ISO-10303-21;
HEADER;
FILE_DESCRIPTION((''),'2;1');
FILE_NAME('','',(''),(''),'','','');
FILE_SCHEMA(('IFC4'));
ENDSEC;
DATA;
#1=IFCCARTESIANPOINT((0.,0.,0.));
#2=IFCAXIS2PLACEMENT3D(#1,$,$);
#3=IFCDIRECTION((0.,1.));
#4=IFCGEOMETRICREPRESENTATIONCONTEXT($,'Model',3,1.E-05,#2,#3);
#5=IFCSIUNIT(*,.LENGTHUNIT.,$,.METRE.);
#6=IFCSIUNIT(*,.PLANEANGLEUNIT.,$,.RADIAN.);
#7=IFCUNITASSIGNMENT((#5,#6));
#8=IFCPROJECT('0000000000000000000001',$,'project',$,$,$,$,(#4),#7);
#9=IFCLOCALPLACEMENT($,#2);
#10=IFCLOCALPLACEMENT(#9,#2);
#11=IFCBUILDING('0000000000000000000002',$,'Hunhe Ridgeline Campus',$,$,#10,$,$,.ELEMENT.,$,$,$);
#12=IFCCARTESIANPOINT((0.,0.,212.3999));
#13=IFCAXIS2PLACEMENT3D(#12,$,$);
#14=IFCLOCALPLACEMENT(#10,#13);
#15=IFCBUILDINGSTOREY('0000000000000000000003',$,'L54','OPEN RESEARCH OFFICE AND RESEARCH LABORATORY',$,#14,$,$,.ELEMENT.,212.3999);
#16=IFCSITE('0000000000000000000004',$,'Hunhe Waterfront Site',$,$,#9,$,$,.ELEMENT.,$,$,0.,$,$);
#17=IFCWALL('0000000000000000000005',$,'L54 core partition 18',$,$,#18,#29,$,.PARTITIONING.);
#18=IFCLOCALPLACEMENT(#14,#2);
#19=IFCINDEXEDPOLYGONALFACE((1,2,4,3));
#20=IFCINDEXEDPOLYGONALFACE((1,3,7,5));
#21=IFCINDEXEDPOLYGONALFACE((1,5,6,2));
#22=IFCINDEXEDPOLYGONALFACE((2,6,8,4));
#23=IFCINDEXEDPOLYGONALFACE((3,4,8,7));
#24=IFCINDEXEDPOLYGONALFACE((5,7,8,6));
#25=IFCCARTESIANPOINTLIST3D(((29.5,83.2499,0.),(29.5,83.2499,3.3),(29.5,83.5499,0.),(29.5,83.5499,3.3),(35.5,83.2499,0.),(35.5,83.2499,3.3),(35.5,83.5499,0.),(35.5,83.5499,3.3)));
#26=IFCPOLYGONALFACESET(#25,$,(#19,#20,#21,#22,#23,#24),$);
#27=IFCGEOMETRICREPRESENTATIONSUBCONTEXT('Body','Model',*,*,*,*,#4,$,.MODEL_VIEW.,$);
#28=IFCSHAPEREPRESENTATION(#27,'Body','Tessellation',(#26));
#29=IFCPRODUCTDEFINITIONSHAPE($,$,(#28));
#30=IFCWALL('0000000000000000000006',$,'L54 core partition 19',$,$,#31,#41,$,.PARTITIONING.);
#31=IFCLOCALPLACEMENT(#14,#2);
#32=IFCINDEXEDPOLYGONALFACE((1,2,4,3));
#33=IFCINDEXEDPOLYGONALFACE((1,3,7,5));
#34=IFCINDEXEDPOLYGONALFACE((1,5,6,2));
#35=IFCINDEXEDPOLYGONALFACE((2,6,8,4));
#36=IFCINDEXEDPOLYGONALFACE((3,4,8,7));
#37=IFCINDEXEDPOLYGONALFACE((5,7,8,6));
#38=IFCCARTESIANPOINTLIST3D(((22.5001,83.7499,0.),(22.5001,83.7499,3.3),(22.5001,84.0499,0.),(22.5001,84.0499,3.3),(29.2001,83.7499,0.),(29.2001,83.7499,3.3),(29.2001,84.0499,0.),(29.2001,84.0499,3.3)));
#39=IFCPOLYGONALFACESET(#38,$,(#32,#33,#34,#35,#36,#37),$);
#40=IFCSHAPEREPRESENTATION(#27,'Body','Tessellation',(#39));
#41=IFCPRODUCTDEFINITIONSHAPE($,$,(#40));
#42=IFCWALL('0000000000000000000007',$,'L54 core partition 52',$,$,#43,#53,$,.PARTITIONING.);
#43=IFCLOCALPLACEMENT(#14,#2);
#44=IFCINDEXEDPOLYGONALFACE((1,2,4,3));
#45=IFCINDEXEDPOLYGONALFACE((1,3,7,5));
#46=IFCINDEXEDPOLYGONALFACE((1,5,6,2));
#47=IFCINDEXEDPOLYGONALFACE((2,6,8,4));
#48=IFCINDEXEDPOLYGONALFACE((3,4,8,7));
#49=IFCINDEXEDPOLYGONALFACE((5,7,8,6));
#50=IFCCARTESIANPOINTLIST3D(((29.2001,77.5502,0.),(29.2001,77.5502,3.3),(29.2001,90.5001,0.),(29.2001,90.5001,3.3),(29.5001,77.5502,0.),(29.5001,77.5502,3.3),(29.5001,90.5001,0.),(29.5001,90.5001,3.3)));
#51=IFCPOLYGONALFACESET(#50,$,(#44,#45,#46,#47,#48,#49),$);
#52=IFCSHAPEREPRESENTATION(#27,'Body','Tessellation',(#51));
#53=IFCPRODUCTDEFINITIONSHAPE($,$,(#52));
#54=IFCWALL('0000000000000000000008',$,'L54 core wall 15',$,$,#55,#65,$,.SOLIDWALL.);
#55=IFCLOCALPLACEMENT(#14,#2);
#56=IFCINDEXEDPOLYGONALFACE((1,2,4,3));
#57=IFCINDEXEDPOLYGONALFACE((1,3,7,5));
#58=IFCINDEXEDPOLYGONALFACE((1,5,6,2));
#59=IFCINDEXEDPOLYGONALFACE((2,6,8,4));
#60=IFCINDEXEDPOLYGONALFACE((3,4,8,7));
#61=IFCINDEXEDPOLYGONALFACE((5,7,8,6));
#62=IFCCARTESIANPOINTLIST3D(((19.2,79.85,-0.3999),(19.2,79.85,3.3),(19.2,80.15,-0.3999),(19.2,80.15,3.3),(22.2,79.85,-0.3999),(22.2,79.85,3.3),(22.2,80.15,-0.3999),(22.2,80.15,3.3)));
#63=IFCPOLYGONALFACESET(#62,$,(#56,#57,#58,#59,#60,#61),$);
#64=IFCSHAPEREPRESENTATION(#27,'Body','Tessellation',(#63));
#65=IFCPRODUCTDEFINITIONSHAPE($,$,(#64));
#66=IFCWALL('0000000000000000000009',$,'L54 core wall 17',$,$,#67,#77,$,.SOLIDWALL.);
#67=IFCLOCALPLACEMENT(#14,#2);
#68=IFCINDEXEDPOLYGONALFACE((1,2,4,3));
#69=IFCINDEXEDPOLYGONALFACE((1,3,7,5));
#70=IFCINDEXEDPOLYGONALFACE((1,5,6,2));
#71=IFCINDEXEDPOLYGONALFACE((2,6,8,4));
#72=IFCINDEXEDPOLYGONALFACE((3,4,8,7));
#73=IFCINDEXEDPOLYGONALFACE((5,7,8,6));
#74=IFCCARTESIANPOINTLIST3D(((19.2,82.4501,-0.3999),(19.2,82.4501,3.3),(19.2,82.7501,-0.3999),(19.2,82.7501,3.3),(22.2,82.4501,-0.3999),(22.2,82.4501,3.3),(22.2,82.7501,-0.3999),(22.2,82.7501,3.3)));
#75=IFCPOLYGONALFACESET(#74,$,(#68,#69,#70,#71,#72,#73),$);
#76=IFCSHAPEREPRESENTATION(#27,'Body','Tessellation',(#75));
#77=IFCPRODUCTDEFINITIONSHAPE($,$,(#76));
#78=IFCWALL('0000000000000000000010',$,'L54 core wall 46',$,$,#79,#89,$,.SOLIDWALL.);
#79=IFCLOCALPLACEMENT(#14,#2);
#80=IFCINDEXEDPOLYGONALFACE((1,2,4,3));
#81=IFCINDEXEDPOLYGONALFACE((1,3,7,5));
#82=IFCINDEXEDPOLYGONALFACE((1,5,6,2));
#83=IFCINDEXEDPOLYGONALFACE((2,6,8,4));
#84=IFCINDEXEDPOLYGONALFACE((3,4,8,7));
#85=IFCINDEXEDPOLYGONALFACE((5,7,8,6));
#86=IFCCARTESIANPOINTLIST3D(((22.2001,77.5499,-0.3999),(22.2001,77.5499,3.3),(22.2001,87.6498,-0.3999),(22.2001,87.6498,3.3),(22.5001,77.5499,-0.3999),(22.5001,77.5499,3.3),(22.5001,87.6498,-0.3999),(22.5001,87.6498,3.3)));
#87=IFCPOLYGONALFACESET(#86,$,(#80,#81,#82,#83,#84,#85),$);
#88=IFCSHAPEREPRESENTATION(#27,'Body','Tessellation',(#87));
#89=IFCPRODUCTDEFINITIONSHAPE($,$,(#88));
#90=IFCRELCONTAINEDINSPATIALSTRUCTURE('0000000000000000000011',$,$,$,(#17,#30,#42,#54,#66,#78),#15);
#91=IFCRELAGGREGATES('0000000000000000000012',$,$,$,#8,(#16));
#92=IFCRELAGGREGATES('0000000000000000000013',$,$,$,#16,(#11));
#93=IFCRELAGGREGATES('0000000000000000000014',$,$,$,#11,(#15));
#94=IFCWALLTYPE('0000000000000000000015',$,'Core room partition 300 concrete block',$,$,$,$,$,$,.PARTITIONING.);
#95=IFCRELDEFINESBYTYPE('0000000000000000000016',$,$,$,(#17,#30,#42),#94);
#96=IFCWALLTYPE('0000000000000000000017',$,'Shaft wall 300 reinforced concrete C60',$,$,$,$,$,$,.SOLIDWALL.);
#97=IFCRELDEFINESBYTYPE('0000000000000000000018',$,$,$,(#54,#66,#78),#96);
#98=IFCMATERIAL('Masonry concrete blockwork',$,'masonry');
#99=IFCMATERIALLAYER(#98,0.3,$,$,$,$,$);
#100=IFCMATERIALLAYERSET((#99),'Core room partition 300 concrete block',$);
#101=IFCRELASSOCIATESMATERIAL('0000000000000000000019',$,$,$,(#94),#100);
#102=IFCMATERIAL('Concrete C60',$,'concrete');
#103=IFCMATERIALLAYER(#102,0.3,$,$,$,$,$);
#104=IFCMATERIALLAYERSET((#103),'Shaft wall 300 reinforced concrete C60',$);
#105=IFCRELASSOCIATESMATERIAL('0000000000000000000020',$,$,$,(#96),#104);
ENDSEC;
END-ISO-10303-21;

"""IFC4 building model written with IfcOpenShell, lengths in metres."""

from ifc_helpers import new_model, si_unit, direction, frame, frame_2d, origin, place, context, subcontext, project, spatial, rectangle, extrude, material, layer, layer_set, type_object, element, save


model = new_model("IFC4")

# Units and contexts
model_context = context("Model", 3, precision=1e-05, world=origin(), true_north=direction((0.0, 1.0)))
body_context = subcontext(model_context, "Body", "Model", "MODEL_VIEW")
ifc_project = project(units=[si_unit("LENGTHUNIT", "METRE"), si_unit("PLANEANGLEUNIT", "RADIAN")], contexts=[model_context])

# Site, building, storey
site_placement = place(None, origin())
site = spatial("IfcSite", under=ifc_project, at=site_placement, Name="Hunhe Waterfront Site", CompositionType="ELEMENT", RefElevation=0.0)
building_placement = place(site_placement, origin())
building = spatial("IfcBuilding", under=site, at=building_placement, Name="Hunhe Ridgeline Campus", CompositionType="ELEMENT")
storey_placement = place(building_placement, frame((0.0, 0.0, 212.3999)))
storey = spatial("IfcBuildingStorey", under=building, at=storey_placement, Name="L54", Description="OPEN RESEARCH OFFICE AND RESEARCH LABORATORY", CompositionType="ELEMENT", Elevation=212.3999)

# Shared definitions
ifc_material_1 = material(Name="Masonry concrete blockwork", Category="masonry")
ifc_layer_1 = layer(ifc_material_1, 0.3)
ifc_layer_set_1 = layer_set([ifc_layer_1], Name="Core room partition 300 concrete block")
wall_type_1 = type_object("IfcWallType", Name="Core room partition 300 concrete block", PredefinedType="PARTITIONING", material=ifc_layer_set_1)

# Walls
wall_1_placement = place(storey_placement, frame((29.5, 83.3999, 0.0), z_axis=(0.0, 0.0, 1.0), x_axis=(1.0, 0.0, 0.0)))
element("IfcWall", 1, at=wall_1_placement, inside=storey, type_object=wall_type_1, Name="L54 core partition 18", PredefinedType="PARTITIONING", context=body_context, shape_type="SweptSolid", body=[
    extrude(rectangle(XDim=6.0, YDim=0.3, at=frame_2d((3.0, 0.0))), origin(), (0.0, 0.0, 1.0), 3.3),
])
wall_2_placement = place(storey_placement, frame((22.5, 83.8999, 0.0), z_axis=(0.0, 0.0, 1.0), x_axis=(1.0, 0.0, 0.0)))
element("IfcWall", 2, at=wall_2_placement, inside=storey, type_object=wall_type_1, Name="L54 core partition 19", PredefinedType="PARTITIONING", context=body_context, shape_type="SweptSolid", body=[
    extrude(rectangle(XDim=6.7, YDim=0.3, at=frame_2d((3.3501, 0.0))), origin(), (0.0, 0.0, 1.0), 3.3),
])
wall_3_placement = place(storey_placement, frame((29.3501, 77.55, 0.0), z_axis=(0.0, 0.0, 1.0), x_axis=(0.0, 1.0, 0.0)))
element("IfcWall", 3, at=wall_3_placement, inside=storey, type_object=wall_type_1, Name="L54 core partition 52", PredefinedType="PARTITIONING", context=body_context, shape_type="SweptSolid", body=[
    extrude(rectangle(XDim=12.95, YDim=0.3, at=frame_2d((6.4751, 0.0))), origin(), (0.0, 0.0, 1.0), 3.3),
])
ifc_material_2 = material(Name="Concrete C60", Category="concrete")
ifc_layer_2 = layer(ifc_material_2, 0.3)
ifc_layer_set_2 = layer_set([ifc_layer_2], Name="Shaft wall 300 reinforced concrete C60")
wall_type_2 = type_object("IfcWallType", Name="Shaft wall 300 reinforced concrete C60", PredefinedType="SOLIDWALL", material=ifc_layer_set_2)
for number, where, z_axis, x_axis, name in (
    (4, (19.2, 80.0, -0.3999), (0.0, 0.0, 1.0), (1.0, 0.0, 0.0), "L54 core wall 15"),
    (5, (19.2, 82.6001, -0.3999), (0.0, 0.0, 1.0), (1.0, 0.0, 0.0), "L54 core wall 17"),
):
    element("IfcWall", number, at=place(storey_placement, frame(where, z_axis=z_axis, x_axis=x_axis)), inside=storey, type_object=wall_type_2, Name=name, PredefinedType="SOLIDWALL", context=body_context, shape_type="SweptSolid", body=[
        extrude(rectangle(XDim=3.0, YDim=0.3, at=frame_2d((1.5, 0.0))), origin(), (0.0, 0.0, 1.0), 3.7),
    ])

# Wall
wall_4_placement = place(storey_placement, frame((22.3501, 77.55, -0.3999), z_axis=(0.0, 0.0, 1.0), x_axis=(0.0, 1.0, 0.0)))
element("IfcWall", 6, at=wall_4_placement, inside=storey, type_object=wall_type_2, Name="L54 core wall 46", PredefinedType="SOLIDWALL", context=body_context, shape_type="SweptSolid", body=[
    extrude(rectangle(XDim=10.0999, YDim=0.3, at=frame_2d((5.0498, 0.0))), origin(), (0.0, 0.0, 1.0), 3.7),
])

save(model, "model.ifc")
